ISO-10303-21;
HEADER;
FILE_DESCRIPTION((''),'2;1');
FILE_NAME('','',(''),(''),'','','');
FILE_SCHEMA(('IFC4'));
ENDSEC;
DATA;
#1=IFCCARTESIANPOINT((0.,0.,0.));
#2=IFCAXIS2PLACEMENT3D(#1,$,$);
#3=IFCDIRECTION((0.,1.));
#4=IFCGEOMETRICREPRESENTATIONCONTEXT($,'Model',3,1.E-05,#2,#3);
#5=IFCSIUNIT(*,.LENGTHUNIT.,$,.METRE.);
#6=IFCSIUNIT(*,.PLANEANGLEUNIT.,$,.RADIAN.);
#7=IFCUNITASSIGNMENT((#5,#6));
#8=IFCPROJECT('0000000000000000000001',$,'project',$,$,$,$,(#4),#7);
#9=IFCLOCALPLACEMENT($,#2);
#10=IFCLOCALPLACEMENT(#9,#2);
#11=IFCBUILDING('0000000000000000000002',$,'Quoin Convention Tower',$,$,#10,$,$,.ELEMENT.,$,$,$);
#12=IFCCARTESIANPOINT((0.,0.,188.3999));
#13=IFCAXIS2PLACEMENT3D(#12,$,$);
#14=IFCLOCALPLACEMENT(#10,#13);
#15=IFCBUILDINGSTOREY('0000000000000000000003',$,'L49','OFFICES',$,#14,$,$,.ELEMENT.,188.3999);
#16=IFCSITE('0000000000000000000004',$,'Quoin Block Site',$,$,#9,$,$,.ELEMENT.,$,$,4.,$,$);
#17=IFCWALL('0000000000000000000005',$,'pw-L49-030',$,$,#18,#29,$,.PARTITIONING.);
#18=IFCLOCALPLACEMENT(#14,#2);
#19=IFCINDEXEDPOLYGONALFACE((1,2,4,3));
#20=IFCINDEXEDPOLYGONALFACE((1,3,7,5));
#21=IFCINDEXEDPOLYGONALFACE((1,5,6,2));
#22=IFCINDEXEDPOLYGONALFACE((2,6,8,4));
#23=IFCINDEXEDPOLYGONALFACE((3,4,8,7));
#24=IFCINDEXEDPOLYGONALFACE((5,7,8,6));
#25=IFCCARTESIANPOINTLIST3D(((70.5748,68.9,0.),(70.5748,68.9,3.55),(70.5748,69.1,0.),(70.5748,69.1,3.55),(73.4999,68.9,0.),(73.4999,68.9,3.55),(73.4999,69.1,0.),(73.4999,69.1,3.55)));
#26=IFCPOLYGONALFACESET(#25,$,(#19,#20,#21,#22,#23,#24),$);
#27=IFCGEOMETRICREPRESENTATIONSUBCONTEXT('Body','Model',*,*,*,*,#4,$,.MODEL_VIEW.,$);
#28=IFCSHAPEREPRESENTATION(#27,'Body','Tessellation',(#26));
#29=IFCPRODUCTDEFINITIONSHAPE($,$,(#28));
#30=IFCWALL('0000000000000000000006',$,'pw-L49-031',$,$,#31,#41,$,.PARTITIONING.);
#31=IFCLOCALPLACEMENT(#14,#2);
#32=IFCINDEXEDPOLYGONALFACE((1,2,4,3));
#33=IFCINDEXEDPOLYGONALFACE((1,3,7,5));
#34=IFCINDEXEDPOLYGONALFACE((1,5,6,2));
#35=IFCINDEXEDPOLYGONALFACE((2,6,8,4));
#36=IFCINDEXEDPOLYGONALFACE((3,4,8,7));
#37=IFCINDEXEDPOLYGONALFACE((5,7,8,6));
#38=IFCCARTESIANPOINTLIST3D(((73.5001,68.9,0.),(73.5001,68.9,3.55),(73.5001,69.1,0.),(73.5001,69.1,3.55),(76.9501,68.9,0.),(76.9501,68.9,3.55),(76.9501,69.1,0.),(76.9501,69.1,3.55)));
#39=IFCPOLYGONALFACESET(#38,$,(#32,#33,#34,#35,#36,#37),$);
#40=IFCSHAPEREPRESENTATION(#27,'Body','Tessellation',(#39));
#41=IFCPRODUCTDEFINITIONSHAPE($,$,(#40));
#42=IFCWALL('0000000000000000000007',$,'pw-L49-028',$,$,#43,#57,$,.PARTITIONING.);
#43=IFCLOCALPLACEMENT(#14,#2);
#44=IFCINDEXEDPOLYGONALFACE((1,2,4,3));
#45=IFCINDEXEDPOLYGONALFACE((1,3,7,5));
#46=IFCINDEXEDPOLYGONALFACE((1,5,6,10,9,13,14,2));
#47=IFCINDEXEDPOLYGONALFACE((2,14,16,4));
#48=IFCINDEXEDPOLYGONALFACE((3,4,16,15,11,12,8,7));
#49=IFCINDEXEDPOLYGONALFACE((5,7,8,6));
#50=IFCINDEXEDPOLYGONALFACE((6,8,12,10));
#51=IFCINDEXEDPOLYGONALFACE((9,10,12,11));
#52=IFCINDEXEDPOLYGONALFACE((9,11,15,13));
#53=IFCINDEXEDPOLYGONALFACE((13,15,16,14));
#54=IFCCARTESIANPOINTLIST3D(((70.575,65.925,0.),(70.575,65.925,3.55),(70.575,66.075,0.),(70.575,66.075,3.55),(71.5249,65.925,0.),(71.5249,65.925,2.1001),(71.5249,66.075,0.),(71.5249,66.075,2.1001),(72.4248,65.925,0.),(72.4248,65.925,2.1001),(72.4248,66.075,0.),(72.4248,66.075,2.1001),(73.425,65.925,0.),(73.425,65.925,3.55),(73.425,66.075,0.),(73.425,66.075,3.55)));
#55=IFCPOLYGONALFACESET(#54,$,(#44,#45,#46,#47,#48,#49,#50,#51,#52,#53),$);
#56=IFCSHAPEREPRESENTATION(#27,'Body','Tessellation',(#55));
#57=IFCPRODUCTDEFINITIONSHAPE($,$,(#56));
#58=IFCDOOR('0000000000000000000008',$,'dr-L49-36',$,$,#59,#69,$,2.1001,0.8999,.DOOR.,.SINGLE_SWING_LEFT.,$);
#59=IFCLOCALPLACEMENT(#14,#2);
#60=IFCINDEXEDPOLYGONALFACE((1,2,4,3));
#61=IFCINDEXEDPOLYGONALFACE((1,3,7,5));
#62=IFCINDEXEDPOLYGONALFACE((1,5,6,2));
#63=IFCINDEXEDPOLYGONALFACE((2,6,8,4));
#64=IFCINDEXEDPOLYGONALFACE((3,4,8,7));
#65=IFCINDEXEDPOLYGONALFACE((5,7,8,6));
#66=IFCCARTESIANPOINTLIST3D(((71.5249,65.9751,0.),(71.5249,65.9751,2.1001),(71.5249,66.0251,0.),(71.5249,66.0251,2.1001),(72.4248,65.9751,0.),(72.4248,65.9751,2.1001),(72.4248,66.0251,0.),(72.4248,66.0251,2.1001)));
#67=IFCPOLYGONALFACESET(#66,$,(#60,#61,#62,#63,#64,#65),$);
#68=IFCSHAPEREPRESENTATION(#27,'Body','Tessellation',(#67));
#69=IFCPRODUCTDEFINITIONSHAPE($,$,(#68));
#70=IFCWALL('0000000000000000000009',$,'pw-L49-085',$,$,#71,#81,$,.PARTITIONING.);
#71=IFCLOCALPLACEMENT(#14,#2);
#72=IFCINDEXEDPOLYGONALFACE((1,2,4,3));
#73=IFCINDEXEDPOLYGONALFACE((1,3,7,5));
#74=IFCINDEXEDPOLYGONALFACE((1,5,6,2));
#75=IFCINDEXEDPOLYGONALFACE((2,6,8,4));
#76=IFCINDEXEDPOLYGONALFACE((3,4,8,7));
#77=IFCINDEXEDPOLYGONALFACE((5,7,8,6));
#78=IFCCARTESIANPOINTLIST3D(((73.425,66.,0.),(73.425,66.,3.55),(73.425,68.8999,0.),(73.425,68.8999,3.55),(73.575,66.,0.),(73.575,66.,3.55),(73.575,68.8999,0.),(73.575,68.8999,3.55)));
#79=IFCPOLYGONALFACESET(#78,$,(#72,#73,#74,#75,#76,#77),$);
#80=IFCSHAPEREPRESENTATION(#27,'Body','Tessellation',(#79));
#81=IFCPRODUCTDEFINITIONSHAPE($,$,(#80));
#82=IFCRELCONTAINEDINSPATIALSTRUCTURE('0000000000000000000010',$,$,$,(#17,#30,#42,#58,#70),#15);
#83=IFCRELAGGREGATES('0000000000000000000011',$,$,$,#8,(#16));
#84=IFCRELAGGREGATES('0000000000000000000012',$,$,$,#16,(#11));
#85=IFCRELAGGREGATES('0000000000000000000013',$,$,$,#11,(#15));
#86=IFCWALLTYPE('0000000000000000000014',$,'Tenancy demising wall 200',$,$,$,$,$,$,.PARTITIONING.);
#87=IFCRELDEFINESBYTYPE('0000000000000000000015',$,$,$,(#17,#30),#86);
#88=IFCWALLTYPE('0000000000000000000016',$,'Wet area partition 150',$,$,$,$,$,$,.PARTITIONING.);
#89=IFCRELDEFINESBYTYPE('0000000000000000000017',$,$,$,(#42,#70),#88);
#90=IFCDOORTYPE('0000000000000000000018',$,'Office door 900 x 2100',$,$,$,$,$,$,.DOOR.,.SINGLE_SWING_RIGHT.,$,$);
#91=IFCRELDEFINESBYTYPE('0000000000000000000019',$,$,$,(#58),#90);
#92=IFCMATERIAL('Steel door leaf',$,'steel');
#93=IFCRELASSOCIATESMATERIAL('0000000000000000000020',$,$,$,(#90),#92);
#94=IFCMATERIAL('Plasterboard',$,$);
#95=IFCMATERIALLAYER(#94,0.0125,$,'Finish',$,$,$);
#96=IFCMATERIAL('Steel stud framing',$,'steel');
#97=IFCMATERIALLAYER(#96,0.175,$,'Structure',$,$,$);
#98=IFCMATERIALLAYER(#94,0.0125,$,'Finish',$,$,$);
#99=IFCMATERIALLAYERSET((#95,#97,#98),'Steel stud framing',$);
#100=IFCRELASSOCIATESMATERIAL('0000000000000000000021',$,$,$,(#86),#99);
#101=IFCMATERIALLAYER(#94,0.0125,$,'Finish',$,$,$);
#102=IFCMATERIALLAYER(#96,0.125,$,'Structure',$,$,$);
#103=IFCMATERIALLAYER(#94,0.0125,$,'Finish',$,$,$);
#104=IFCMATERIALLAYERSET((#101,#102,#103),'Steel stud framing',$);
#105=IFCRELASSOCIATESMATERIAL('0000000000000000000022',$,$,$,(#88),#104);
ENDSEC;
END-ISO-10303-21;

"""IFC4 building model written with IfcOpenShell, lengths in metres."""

from ifc_helpers import new_model, si_unit, direction, frame, frame_2d, origin, place, context, subcontext, project, spatial, rectangle, extrude, material, layer, layer_set, type_object, element, fill, save


model = new_model("IFC4")

# Units and contexts
model_context = context("Model", 3, precision=1e-05, world=origin(), true_north=direction((0.0, 1.0)))
body_context = subcontext(model_context, "Body", "Model", "MODEL_VIEW")
ifc_project = project(units=[si_unit("LENGTHUNIT", "METRE"), si_unit("PLANEANGLEUNIT", "RADIAN")], contexts=[model_context])

# Site, building, storey
site_placement = place(None, origin())
site = spatial("IfcSite", under=ifc_project, at=site_placement, Name="Quoin Block Site", CompositionType="ELEMENT", RefElevation=4.0)
building_placement = place(site_placement, origin())
building = spatial("IfcBuilding", under=site, at=building_placement, Name="Quoin Convention Tower", CompositionType="ELEMENT")
storey_placement = place(building_placement, frame((0.0, 0.0, 188.3999)))
storey = spatial("IfcBuildingStorey", under=building, at=storey_placement, Name="L49", Description="OFFICES", CompositionType="ELEMENT", Elevation=188.3999)

# Shared definitions
ifc_material_1 = material(Name="Plasterboard")
ifc_material_2 = material(Name="Steel stud framing", Category="steel")

# Shared definitions
ifc_material_3 = material(Name="Steel door leaf", Category="steel")
door_type_1 = type_object("IfcDoorType", Name="Office door 900 x 2100", OperationType="SINGLE_SWING_RIGHT", PredefinedType="DOOR", material=ifc_material_3)

# Walls
ifc_layer_1 = layer(ifc_material_1, 0.0125, Name="Finish")
ifc_layer_2 = layer(ifc_material_2, 0.175, Name="Structure")
ifc_layer_3 = layer(ifc_material_1, 0.0125, Name="Finish")
ifc_layer_set_1 = layer_set([ifc_layer_1, ifc_layer_2, ifc_layer_3], Name="Steel stud framing")
wall_type_1 = type_object("IfcWallType", Name="Tenancy demising wall 200", PredefinedType="PARTITIONING", material=ifc_layer_set_1)
wall_1_placement = place(storey_placement, frame((70.575, 69.0, 0.0), z_axis=(0.0, 0.0, 1.0), x_axis=(1.0, 0.0, 0.0)))
element("IfcWall", 1, at=wall_1_placement, inside=storey, type_object=wall_type_1, Name="pw-L49-030", PredefinedType="PARTITIONING", context=body_context, shape_type="SweptSolid", body=[
    extrude(rectangle(XDim=2.925, YDim=0.2, at=frame_2d((1.4624, 0.0))), origin(), (0.0, 0.0, 1.0), 3.55),
])
wall_2_placement = place(storey_placement, frame((73.5, 69.0, 0.0), z_axis=(0.0, 0.0, 1.0), x_axis=(1.0, 0.0, 0.0)))
element("IfcWall", 2, at=wall_2_placement, inside=storey, type_object=wall_type_1, Name="pw-L49-031", PredefinedType="PARTITIONING", context=body_context, shape_type="SweptSolid", body=[
    extrude(rectangle(XDim=3.45, YDim=0.2, at=frame_2d((1.7251, 0.0))), origin(), (0.0, 0.0, 1.0), 3.55),
])

# Wall, opening, door
ifc_layer_4 = layer(ifc_material_1, 0.0125, Name="Finish")
ifc_layer_5 = layer(ifc_material_2, 0.125, Name="Structure")
ifc_layer_6 = layer(ifc_material_1, 0.0125, Name="Finish")
ifc_layer_set_2 = layer_set([ifc_layer_4, ifc_layer_5, ifc_layer_6], Name="Steel stud framing")
wall_type_2 = type_object("IfcWallType", Name="Wet area partition 150", PredefinedType="PARTITIONING", material=ifc_layer_set_2)
wall_3_placement = place(storey_placement, frame((70.575, 66.0, 0.0), z_axis=(0.0, 0.0, 1.0), x_axis=(1.0, 0.0, 0.0)))
wall_3 = element("IfcWall", 3, at=wall_3_placement, inside=storey, type_object=wall_type_2, Name="pw-L49-028", PredefinedType="PARTITIONING", context=body_context, shape_type="SweptSolid", body=[
    extrude(rectangle(XDim=2.8501, YDim=0.1499, at=frame_2d((1.425, 0.0))), origin(), (0.0, 0.0, 1.0), 3.55),
])
opening_1_placement = place(wall_3_placement, frame((0.95, 0.0, 0.0)))
opening_1 = element("IfcOpeningElement", 4, at=opening_1_placement, cuts=wall_3, PredefinedType="OPENING", context=body_context, shape_type="SweptSolid", body=[
    extrude(rectangle(XDim=0.8999, YDim=2.1001, at=frame_2d((0.45, 1.05))), frame((0.0, 0.085, 0.0), z_axis=(0.0, -1.0, 0.0), x_axis=(1.0, 0.0, 0.0)), (0.0, 0.0, 1.0), 0.1699),
])
door_1_placement = place(opening_1_placement, frame((0.8999, 0.0, 0.0), z_axis=(0.0, 0.0, 1.0), x_axis=(-1.0, 0.0, 0.0)))
door_1 = element("IfcDoor", 5, at=door_1_placement, inside=storey, type_object=door_type_1, Name="dr-L49-36", OperationType="SINGLE_SWING_LEFT", OverallHeight=2.1001, OverallWidth=0.8999, PredefinedType="DOOR", context=body_context, shape_type="SweptSolid", body=[
    extrude(rectangle(XDim=0.8999, YDim=2.1001, at=frame_2d((0.45, 1.05))), frame((0.0, 0.0249, 0.0), z_axis=(0.0, -1.0, 0.0), x_axis=(1.0, 0.0, 0.0)), (0.0, 0.0, 1.0), 0.05),
])
fill(opening_1, door_1)

# Wall
wall_4_placement = place(storey_placement, frame((73.5, 66.0, 0.0), z_axis=(0.0, 0.0, 1.0), x_axis=(0.0, 1.0, 0.0)))
element("IfcWall", 6, at=wall_4_placement, inside=storey, type_object=wall_type_2, Name="pw-L49-085", PredefinedType="PARTITIONING", context=body_context, shape_type="SweptSolid", body=[
    extrude(rectangle(XDim=2.8999, YDim=0.1499, at=frame_2d((1.45, 0.0))), origin(), (0.0, 0.0, 1.0), 3.55),
])

save(model, "model.ifc")
